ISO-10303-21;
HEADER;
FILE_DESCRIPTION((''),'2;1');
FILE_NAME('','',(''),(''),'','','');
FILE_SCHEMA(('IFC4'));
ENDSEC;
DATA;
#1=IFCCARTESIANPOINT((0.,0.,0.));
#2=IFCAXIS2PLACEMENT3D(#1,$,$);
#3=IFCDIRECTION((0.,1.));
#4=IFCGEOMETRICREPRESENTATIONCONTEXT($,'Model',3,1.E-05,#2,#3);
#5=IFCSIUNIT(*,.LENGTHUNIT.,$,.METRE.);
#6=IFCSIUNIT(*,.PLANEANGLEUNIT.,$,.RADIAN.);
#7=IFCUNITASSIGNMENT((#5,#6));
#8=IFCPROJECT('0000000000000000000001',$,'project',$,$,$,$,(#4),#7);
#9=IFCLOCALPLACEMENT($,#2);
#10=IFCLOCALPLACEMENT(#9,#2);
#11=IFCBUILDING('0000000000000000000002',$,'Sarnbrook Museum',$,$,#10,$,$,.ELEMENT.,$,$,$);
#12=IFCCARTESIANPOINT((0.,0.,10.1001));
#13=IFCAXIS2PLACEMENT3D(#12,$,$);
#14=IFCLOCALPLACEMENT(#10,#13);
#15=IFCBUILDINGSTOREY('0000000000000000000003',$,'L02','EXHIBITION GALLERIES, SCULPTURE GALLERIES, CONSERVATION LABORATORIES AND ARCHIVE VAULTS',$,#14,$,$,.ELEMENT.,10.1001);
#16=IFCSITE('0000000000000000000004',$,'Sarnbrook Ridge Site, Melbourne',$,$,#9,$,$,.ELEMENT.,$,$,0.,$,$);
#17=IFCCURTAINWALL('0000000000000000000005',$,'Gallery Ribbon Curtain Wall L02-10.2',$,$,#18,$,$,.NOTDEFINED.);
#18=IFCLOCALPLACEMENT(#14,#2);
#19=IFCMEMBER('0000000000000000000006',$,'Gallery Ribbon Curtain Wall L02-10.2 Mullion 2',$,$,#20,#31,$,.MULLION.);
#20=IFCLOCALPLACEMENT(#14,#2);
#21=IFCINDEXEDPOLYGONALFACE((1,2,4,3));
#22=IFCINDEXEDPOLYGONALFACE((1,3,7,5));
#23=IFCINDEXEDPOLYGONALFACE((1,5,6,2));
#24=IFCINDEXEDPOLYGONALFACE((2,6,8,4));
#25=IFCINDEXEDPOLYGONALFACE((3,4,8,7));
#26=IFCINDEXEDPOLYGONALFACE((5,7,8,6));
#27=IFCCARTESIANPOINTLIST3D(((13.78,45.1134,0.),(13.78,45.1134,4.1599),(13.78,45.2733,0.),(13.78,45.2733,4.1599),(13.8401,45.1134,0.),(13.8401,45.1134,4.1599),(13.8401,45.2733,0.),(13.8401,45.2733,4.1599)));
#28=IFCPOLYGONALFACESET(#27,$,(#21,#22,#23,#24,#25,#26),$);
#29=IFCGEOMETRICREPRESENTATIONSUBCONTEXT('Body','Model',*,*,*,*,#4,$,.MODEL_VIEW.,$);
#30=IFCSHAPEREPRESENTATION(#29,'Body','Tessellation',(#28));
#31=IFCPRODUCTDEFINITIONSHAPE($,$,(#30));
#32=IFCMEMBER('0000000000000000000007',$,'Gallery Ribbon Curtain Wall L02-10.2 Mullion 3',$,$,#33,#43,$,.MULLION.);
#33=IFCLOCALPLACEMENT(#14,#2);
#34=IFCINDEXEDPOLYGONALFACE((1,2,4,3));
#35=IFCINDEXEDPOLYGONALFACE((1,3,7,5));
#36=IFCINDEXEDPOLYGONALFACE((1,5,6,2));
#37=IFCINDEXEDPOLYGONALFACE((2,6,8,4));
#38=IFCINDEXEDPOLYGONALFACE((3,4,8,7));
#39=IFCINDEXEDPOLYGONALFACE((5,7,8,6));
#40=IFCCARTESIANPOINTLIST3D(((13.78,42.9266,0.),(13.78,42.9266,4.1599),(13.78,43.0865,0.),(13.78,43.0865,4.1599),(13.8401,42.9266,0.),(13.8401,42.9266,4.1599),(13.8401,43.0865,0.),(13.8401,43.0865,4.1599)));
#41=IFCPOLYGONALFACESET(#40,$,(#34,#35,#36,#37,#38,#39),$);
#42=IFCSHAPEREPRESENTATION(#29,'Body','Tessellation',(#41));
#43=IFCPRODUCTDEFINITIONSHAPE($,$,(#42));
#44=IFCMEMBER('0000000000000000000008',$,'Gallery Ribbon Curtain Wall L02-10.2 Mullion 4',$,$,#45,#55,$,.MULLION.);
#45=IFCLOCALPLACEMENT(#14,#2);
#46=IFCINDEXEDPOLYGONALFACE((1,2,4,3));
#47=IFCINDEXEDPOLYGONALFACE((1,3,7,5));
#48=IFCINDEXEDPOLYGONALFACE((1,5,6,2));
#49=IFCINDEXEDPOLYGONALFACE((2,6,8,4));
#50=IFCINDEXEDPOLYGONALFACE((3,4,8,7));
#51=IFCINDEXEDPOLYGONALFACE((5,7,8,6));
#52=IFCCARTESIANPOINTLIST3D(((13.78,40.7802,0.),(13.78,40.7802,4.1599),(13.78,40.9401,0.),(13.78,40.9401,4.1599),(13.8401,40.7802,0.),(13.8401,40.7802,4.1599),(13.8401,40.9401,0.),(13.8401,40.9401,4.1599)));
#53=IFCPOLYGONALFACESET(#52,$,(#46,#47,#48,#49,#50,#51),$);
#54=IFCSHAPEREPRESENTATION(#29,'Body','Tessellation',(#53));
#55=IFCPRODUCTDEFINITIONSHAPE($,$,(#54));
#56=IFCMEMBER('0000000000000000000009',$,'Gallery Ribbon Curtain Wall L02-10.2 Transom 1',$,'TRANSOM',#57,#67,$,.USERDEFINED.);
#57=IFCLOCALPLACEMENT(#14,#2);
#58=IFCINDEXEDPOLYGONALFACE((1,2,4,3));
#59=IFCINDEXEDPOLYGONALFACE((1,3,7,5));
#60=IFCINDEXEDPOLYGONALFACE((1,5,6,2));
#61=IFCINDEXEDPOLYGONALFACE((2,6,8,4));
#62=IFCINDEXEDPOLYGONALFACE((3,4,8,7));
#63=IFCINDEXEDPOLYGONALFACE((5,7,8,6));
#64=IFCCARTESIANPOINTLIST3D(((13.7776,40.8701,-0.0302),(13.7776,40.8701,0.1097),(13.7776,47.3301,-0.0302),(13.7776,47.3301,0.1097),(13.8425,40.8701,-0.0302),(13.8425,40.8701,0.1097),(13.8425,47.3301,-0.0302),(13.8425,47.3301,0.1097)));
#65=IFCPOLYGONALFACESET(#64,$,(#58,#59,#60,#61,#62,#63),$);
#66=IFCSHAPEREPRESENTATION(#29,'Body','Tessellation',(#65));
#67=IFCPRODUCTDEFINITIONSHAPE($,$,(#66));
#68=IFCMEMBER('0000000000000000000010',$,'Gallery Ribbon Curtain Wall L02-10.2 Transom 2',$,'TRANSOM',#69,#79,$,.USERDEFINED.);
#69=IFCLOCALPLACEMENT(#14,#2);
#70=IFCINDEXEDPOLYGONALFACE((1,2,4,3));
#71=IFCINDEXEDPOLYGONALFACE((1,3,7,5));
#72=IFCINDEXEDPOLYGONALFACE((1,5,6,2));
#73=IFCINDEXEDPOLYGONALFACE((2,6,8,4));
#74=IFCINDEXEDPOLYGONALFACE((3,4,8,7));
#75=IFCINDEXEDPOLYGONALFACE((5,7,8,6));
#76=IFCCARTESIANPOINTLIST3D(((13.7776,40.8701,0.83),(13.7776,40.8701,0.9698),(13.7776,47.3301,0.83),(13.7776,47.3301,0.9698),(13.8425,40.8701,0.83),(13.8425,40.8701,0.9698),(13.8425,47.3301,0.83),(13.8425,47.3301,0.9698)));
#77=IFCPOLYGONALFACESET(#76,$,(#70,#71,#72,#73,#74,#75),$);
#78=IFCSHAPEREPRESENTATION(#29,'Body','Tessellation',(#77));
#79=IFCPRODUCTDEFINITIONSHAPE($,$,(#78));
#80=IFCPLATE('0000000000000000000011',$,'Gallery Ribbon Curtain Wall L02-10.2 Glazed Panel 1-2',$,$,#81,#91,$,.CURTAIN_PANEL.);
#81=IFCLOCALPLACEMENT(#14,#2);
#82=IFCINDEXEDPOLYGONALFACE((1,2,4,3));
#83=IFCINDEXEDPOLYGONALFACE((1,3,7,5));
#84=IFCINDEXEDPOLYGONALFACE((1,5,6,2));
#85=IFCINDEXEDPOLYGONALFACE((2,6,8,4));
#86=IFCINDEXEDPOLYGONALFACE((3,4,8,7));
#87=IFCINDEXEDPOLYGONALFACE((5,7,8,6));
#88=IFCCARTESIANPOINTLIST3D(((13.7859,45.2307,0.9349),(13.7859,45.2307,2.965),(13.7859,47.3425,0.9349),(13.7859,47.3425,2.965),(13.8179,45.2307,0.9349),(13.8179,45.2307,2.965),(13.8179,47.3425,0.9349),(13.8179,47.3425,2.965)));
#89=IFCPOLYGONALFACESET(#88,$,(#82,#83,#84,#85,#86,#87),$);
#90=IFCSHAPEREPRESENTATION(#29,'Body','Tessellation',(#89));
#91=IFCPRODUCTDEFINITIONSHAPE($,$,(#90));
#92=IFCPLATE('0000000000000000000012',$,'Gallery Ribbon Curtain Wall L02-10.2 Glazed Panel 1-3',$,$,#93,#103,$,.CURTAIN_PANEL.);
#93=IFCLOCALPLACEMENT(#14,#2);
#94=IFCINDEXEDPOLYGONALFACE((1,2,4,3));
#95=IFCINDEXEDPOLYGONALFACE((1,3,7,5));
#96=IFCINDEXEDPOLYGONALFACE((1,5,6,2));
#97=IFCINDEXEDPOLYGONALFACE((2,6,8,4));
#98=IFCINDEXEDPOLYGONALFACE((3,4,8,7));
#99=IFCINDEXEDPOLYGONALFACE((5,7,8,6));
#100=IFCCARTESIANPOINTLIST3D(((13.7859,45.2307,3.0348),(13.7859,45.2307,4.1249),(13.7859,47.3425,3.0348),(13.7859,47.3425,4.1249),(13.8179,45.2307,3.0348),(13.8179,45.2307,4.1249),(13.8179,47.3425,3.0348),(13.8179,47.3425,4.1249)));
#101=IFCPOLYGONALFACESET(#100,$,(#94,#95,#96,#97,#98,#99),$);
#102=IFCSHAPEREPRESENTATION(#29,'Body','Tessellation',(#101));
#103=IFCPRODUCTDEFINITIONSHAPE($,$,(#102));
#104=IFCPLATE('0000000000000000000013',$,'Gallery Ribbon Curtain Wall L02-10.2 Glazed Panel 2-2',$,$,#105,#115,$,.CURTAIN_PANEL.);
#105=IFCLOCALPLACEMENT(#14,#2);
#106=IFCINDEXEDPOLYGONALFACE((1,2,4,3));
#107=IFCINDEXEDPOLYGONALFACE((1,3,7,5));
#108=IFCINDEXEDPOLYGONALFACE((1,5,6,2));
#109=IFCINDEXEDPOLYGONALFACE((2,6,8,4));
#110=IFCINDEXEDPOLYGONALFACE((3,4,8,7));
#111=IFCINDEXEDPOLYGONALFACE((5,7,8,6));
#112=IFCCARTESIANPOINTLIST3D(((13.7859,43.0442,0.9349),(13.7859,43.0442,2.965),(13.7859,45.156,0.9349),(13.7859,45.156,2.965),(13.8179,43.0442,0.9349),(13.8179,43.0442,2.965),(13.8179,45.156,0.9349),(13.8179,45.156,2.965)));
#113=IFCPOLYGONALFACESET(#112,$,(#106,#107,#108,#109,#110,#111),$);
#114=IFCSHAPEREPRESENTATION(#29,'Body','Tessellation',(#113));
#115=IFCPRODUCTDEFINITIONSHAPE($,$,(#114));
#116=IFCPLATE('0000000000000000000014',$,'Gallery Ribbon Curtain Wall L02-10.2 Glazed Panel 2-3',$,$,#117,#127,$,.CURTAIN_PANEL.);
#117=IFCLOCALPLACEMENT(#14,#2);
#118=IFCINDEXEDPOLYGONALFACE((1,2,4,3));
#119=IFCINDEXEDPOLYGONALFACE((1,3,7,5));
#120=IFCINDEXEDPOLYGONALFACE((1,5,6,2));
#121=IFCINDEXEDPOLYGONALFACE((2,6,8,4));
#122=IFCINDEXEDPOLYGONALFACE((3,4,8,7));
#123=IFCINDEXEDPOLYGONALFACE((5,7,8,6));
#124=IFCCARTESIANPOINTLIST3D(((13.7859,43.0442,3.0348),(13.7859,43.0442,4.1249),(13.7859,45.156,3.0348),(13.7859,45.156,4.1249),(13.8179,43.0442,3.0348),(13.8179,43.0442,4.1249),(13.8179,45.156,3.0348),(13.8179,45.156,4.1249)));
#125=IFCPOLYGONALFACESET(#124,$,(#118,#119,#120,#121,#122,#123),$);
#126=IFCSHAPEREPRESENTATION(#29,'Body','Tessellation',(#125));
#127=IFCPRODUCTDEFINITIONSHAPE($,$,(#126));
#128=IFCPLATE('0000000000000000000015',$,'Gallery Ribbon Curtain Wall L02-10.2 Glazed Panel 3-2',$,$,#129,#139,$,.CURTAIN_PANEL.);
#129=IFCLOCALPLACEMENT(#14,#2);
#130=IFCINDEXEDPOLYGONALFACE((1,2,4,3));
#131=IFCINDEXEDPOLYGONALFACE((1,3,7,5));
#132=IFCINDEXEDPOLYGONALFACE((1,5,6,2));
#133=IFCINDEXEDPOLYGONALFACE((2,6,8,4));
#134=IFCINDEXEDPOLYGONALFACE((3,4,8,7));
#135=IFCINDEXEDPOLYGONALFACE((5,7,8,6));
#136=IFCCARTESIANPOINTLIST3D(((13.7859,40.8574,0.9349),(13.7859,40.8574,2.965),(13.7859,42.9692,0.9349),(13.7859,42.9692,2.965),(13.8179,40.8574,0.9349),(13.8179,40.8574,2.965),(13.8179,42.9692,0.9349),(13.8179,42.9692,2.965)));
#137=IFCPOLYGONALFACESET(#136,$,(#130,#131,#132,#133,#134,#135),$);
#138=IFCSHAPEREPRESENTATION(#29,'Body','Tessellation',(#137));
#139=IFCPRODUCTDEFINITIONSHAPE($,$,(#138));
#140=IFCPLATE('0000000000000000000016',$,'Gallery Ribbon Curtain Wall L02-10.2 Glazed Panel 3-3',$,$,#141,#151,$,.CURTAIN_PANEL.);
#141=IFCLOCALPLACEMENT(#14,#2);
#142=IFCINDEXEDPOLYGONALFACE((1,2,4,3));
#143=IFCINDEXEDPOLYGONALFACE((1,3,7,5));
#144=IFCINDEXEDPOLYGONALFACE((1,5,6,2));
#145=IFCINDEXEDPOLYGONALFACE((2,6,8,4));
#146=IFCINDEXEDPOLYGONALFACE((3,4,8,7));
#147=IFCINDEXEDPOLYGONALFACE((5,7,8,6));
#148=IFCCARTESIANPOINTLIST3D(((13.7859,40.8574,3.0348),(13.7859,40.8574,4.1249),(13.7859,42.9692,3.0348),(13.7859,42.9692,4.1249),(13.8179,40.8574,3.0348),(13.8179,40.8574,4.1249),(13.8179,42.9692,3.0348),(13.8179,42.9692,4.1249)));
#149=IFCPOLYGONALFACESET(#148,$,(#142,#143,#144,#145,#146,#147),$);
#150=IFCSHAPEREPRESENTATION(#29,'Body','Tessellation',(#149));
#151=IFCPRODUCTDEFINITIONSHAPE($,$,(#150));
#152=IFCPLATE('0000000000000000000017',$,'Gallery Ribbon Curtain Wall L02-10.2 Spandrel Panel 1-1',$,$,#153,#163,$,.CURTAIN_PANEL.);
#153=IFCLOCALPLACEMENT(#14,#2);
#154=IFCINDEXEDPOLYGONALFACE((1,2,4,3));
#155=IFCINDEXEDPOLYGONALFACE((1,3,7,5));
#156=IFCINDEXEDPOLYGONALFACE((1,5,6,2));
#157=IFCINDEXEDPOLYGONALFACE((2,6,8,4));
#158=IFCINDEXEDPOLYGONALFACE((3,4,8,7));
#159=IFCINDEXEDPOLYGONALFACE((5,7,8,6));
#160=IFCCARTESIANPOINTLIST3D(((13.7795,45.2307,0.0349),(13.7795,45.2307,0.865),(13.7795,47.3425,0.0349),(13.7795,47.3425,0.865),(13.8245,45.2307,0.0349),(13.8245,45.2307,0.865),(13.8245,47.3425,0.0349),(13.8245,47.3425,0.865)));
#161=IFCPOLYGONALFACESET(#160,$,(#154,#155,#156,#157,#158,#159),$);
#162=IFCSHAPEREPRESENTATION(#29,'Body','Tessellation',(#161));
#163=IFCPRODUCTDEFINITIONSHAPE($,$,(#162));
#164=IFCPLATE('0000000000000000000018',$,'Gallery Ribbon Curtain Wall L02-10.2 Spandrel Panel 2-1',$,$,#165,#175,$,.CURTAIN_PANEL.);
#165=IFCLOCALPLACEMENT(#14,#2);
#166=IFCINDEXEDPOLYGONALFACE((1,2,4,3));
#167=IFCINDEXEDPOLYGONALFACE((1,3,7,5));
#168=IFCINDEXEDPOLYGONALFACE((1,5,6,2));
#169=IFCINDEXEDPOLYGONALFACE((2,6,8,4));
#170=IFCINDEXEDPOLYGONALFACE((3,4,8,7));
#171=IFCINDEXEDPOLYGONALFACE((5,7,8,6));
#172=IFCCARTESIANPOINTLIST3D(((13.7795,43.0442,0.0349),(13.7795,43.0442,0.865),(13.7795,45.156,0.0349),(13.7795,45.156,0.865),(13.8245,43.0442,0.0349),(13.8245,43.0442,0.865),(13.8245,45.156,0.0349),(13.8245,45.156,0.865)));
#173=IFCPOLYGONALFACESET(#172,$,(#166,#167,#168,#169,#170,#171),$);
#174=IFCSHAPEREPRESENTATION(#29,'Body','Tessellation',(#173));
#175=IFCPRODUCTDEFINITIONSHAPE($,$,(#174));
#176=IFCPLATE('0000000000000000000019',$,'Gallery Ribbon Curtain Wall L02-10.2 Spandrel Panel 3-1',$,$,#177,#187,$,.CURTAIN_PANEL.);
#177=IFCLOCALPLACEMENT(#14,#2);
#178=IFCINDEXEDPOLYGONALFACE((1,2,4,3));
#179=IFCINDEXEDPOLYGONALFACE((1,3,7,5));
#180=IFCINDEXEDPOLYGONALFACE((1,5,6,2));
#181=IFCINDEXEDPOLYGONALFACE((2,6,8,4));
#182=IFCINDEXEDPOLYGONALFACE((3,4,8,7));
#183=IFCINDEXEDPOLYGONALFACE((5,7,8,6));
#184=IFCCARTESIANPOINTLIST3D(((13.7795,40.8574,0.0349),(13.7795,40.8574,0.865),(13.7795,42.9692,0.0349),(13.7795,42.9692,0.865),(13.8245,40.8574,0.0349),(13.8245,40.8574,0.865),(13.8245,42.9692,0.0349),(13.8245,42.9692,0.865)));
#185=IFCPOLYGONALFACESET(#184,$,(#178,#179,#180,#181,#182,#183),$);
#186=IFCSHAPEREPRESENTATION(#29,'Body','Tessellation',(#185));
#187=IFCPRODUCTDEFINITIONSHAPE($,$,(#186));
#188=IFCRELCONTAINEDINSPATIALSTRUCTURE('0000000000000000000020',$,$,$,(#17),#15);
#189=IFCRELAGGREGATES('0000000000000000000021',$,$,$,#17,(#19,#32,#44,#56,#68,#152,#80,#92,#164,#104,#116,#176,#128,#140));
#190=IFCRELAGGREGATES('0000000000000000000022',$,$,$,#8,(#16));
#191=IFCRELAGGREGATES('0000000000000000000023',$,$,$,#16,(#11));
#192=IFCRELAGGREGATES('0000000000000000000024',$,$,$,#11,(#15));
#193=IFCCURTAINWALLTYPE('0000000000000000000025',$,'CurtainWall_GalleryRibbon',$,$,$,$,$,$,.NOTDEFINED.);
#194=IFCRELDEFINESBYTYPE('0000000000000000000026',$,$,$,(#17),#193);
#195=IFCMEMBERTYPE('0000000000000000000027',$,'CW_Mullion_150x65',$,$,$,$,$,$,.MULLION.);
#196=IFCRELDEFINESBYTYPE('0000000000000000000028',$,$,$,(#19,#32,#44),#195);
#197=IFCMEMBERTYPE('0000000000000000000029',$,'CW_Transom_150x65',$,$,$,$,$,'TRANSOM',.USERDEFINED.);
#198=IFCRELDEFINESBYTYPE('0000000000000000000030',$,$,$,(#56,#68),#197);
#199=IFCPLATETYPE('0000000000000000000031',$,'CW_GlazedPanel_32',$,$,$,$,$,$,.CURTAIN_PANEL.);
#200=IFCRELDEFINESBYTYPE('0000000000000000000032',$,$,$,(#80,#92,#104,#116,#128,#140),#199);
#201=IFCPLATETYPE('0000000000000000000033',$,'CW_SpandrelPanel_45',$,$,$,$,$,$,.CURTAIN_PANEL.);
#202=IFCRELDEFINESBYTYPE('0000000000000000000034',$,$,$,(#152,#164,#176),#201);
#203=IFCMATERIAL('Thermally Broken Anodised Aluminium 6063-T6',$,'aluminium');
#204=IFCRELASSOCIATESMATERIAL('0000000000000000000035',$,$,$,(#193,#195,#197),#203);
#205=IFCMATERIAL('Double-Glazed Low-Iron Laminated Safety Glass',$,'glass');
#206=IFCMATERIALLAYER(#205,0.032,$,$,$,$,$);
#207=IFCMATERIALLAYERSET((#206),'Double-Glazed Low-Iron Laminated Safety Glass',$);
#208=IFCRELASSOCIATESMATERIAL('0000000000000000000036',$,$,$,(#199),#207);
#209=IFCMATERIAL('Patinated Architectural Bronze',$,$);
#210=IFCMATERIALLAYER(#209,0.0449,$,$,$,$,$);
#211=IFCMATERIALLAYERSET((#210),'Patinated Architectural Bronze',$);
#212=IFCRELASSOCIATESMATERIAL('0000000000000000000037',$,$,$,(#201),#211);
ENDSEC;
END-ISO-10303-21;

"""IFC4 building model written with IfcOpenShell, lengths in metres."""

from ifc_helpers import new_model, si_unit, direction, frame, origin, origin_2d, place, context, subcontext, project, spatial, rectangle, extrude, material, layer, layer_set, material_profile, profile_set, type_object, element, aggregate, save


model = new_model("IFC4")

# Units and contexts
model_context = context("Model", 3, precision=1e-05, world=origin(), true_north=direction((0.0, 1.0)))
body_context = subcontext(model_context, "Body", "Model", "MODEL_VIEW")
ifc_project = project(units=[si_unit("LENGTHUNIT", "METRE"), si_unit("PLANEANGLEUNIT", "RADIAN")], contexts=[model_context])

# Site, building, storey
site_placement = place(None, origin())
site = spatial("IfcSite", under=ifc_project, at=site_placement, Name="Sarnbrook Ridge Site, Melbourne", CompositionType="ELEMENT", RefElevation=0.0)
building_placement = place(site_placement, origin())
building = spatial("IfcBuilding", under=site, at=building_placement, Name="Sarnbrook Museum", CompositionType="ELEMENT")
storey_placement = place(building_placement, frame((0.0, 0.0, 10.1001)))
storey = spatial("IfcBuildingStorey", under=building, at=storey_placement, Name="L02", Description="EXHIBITION GALLERIES, SCULPTURE GALLERIES, CONSERVATION LABORATORIES AND ARCHIVE VAULTS", CompositionType="ELEMENT", Elevation=10.1001)

# Curtain wall, members, plates
ifc_material_1 = material(Name="Thermally Broken Anodised Aluminium 6063-T6", Category="aluminium")
curtain_wall_type = type_object("IfcCurtainWallType", Name="CurtainWall_GalleryRibbon", PredefinedType="NOTDEFINED", material=ifc_material_1)
curtain_wall_placement = place(storey_placement, origin())
curtain_wall = element("IfcCurtainWall", 1, at=curtain_wall_placement, inside=storey, type_object=curtain_wall_type, Name="Gallery Ribbon Curtain Wall L02-10.2", PredefinedType="NOTDEFINED")
ifc_material_profile_1 = material_profile(ifc_material_1, rectangle(XDim=0.0601, YDim=0.1599, at=origin_2d()), Name="ALU MULLION 60x160")
ifc_profile_set_1 = profile_set([ifc_material_profile_1], Name="Thermally Broken Anodised Aluminium 6063-T6")
member_type_1 = type_object("IfcMemberType", Name="CW_Mullion_150x65", PredefinedType="MULLION", material=ifc_profile_set_1)
member_1_placement = place(storey_placement, frame((13.8101, 45.1934, 0.0), z_axis=(0.0, 0.0, 1.0), x_axis=(1.0, 0.0, 0.0)))
member_1 = element("IfcMember", 2, at=member_1_placement, type_object=member_type_1, Name="Gallery Ribbon Curtain Wall L02-10.2 Mullion 2", PredefinedType="MULLION", context=body_context, shape_type="SweptSolid", body=[
    extrude(rectangle(XDim=0.0601, YDim=0.1599, at=origin_2d()), origin(), (0.0, 0.0, 1.0), 4.1599),
])
member_2_placement = place(storey_placement, frame((13.8101, 43.0066, 0.0), z_axis=(0.0, 0.0, 1.0), x_axis=(1.0, 0.0, 0.0)))
member_2 = element("IfcMember", 3, at=member_2_placement, type_object=member_type_1, Name="Gallery Ribbon Curtain Wall L02-10.2 Mullion 3", PredefinedType="MULLION", context=body_context, shape_type="SweptSolid", body=[
    extrude(rectangle(XDim=0.0601, YDim=0.1599, at=origin_2d()), origin(), (0.0, 0.0, 1.0), 4.1599),
])
member_3_placement = place(storey_placement, frame((13.8101, 40.8601, 0.0), z_axis=(0.0, 0.0, 1.0), x_axis=(1.0, 0.0, 0.0)))
member_3 = element("IfcMember", 4, at=member_3_placement, type_object=member_type_1, Name="Gallery Ribbon Curtain Wall L02-10.2 Mullion 4", PredefinedType="MULLION", context=body_context, shape_type="SweptSolid", body=[
    extrude(rectangle(XDim=0.0601, YDim=0.1599, at=origin_2d()), origin(), (0.0, 0.0, 1.0), 4.1599),
])
ifc_material_profile_2 = material_profile(ifc_material_1, rectangle(XDim=0.0649, YDim=0.1399, at=origin_2d()), Name="ALU TRANSOM 65x140")
ifc_profile_set_2 = profile_set([ifc_material_profile_2], Name="Thermally Broken Anodised Aluminium 6063-T6")
member_type_2 = type_object("IfcMemberType", Name="CW_Transom_150x65", ElementType="TRANSOM", PredefinedType="USERDEFINED", material=ifc_profile_set_2)
member_4_placement = place(storey_placement, frame((13.8101, 47.3301, 0.0398), z_axis=(0.0, -1.0, 0.0), x_axis=(1.0, 0.0, 0.0)))
member_4 = element("IfcMember", 5, at=member_4_placement, type_object=member_type_2, Name="Gallery Ribbon Curtain Wall L02-10.2 Transom 1", ObjectType="TRANSOM", PredefinedType="USERDEFINED", context=body_context, shape_type="SweptSolid", body=[
    extrude(rectangle(XDim=0.0649, YDim=0.1399, at=origin_2d()), origin(), (0.0, 0.0, 1.0), 6.46),
])
member_5_placement = place(storey_placement, frame((13.8101, 47.3301, 0.8999), z_axis=(0.0, -1.0, 0.0), x_axis=(1.0, 0.0, 0.0)))
member_5 = element("IfcMember", 6, at=member_5_placement, type_object=member_type_2, Name="Gallery Ribbon Curtain Wall L02-10.2 Transom 2", ObjectType="TRANSOM", PredefinedType="USERDEFINED", context=body_context, shape_type="SweptSolid", body=[
    extrude(rectangle(XDim=0.0649, YDim=0.1399, at=origin_2d()), origin(), (0.0, 0.0, 1.0), 6.46),
])
ifc_material_2 = material(Name="Double-Glazed Low-Iron Laminated Safety Glass", Category="glass")
ifc_layer_1 = layer(ifc_material_2, 0.032)
ifc_layer_set_1 = layer_set([ifc_layer_1], Name="Double-Glazed Low-Iron Laminated Safety Glass")
plate_type_1 = type_object("IfcPlateType", Name="CW_GlazedPanel_32", PredefinedType="CURTAIN_PANEL", material=ifc_layer_set_1)
plate_1_placement = place(storey_placement, frame((13.8179, 46.2866, 1.95), z_axis=(-1.0, 0.0, 0.0), x_axis=(0.0, -1.0, 0.0)))
plate_1 = element("IfcPlate", 7, at=plate_1_placement, type_object=plate_type_1, Name="Gallery Ribbon Curtain Wall L02-10.2 Glazed Panel 1-2", PredefinedType="CURTAIN_PANEL", context=body_context, shape_type="SweptSolid", body=[
    extrude(rectangle(XDim=2.1118, YDim=2.03, at=origin_2d()), origin(), (0.0, 0.0, 1.0), 0.032),
])
plate_2_placement = place(storey_placement, frame((13.8179, 46.2866, 3.5798), z_axis=(-1.0, 0.0, 0.0), x_axis=(0.0, -1.0, 0.0)))
plate_2 = element("IfcPlate", 8, at=plate_2_placement, type_object=plate_type_1, Name="Gallery Ribbon Curtain Wall L02-10.2 Glazed Panel 1-3", PredefinedType="CURTAIN_PANEL", context=body_context, shape_type="SweptSolid", body=[
    extrude(rectangle(XDim=2.1118, YDim=1.0901, at=origin_2d()), origin(), (0.0, 0.0, 1.0), 0.032),
])
plate_3_placement = place(storey_placement, frame((13.8179, 44.1001, 1.95), z_axis=(-1.0, 0.0, 0.0), x_axis=(0.0, -1.0, 0.0)))
plate_3 = element("IfcPlate", 9, at=plate_3_placement, type_object=plate_type_1, Name="Gallery Ribbon Curtain Wall L02-10.2 Glazed Panel 2-2", PredefinedType="CURTAIN_PANEL", context=body_context, shape_type="SweptSolid", body=[
    extrude(rectangle(XDim=2.1118, YDim=2.03, at=origin_2d()), origin(), (0.0, 0.0, 1.0), 0.032),
])
plate_4_placement = place(storey_placement, frame((13.8179, 44.1001, 3.5798), z_axis=(-1.0, 0.0, 0.0), x_axis=(0.0, -1.0, 0.0)))
plate_4 = element("IfcPlate", 10, at=plate_4_placement, type_object=plate_type_1, Name="Gallery Ribbon Curtain Wall L02-10.2 Glazed Panel 2-3", PredefinedType="CURTAIN_PANEL", context=body_context, shape_type="SweptSolid", body=[
    extrude(rectangle(XDim=2.1118, YDim=1.0901, at=origin_2d()), origin(), (0.0, 0.0, 1.0), 0.032),
])
plate_5_placement = place(storey_placement, frame((13.8179, 41.9133, 1.95), z_axis=(-1.0, 0.0, 0.0), x_axis=(0.0, -1.0, 0.0)))
plate_5 = element("IfcPlate", 11, at=plate_5_placement, type_object=plate_type_1, Name="Gallery Ribbon Curtain Wall L02-10.2 Glazed Panel 3-2", PredefinedType="CURTAIN_PANEL", context=body_context, shape_type="SweptSolid", body=[
    extrude(rectangle(XDim=2.1118, YDim=2.03, at=origin_2d()), origin(), (0.0, 0.0, 1.0), 0.032),
])
plate_6_placement = place(storey_placement, frame((13.8179, 41.9133, 3.5798), z_axis=(-1.0, 0.0, 0.0), x_axis=(0.0, -1.0, 0.0)))
plate_6 = element("IfcPlate", 12, at=plate_6_placement, type_object=plate_type_1, Name="Gallery Ribbon Curtain Wall L02-10.2 Glazed Panel 3-3", PredefinedType="CURTAIN_PANEL", context=body_context, shape_type="SweptSolid", body=[
    extrude(rectangle(XDim=2.1118, YDim=1.0901, at=origin_2d()), origin(), (0.0, 0.0, 1.0), 0.032),
])
ifc_material_3 = material(Name="Patinated Architectural Bronze")
ifc_layer_2 = layer(ifc_material_3, 0.0449)
ifc_layer_set_2 = layer_set([ifc_layer_2], Name="Patinated Architectural Bronze")
plate_type_2 = type_object("IfcPlateType", Name="CW_SpandrelPanel_45", PredefinedType="CURTAIN_PANEL", material=ifc_layer_set_2)
plate_7_placement = place(storey_placement, frame((13.8245, 46.2866, 0.45), z_axis=(-1.0, 0.0, 0.0), x_axis=(0.0, -1.0, 0.0)))
plate_7 = element("IfcPlate", 13, at=plate_7_placement, type_object=plate_type_2, Name="Gallery Ribbon Curtain Wall L02-10.2 Spandrel Panel 1-1", PredefinedType="CURTAIN_PANEL", context=body_context, shape_type="SweptSolid", body=[
    extrude(rectangle(XDim=2.1118, YDim=0.8301, at=origin_2d()), origin(), (0.0, 0.0, 1.0), 0.0449),
])
plate_8_placement = place(storey_placement, frame((13.8245, 44.1001, 0.45), z_axis=(-1.0, 0.0, 0.0), x_axis=(0.0, -1.0, 0.0)))
plate_8 = element("IfcPlate", 14, at=plate_8_placement, type_object=plate_type_2, Name="Gallery Ribbon Curtain Wall L02-10.2 Spandrel Panel 2-1", PredefinedType="CURTAIN_PANEL", context=body_context, shape_type="SweptSolid", body=[
    extrude(rectangle(XDim=2.1118, YDim=0.8301, at=origin_2d()), origin(), (0.0, 0.0, 1.0), 0.0449),
])
plate_9_placement = place(storey_placement, frame((13.8245, 41.9133, 0.45), z_axis=(-1.0, 0.0, 0.0), x_axis=(0.0, -1.0, 0.0)))
plate_9 = element("IfcPlate", 15, at=plate_9_placement, type_object=plate_type_2, Name="Gallery Ribbon Curtain Wall L02-10.2 Spandrel Panel 3-1", PredefinedType="CURTAIN_PANEL", context=body_context, shape_type="SweptSolid", body=[
    extrude(rectangle(XDim=2.1118, YDim=0.8301, at=origin_2d()), origin(), (0.0, 0.0, 1.0), 0.0449),
])
aggregate(curtain_wall, [member_1, member_2, member_3, member_4, member_5, plate_7, plate_1, plate_2, plate_8, plate_3, plate_4, plate_9, plate_5, plate_6])

save(model, "model.ifc")
